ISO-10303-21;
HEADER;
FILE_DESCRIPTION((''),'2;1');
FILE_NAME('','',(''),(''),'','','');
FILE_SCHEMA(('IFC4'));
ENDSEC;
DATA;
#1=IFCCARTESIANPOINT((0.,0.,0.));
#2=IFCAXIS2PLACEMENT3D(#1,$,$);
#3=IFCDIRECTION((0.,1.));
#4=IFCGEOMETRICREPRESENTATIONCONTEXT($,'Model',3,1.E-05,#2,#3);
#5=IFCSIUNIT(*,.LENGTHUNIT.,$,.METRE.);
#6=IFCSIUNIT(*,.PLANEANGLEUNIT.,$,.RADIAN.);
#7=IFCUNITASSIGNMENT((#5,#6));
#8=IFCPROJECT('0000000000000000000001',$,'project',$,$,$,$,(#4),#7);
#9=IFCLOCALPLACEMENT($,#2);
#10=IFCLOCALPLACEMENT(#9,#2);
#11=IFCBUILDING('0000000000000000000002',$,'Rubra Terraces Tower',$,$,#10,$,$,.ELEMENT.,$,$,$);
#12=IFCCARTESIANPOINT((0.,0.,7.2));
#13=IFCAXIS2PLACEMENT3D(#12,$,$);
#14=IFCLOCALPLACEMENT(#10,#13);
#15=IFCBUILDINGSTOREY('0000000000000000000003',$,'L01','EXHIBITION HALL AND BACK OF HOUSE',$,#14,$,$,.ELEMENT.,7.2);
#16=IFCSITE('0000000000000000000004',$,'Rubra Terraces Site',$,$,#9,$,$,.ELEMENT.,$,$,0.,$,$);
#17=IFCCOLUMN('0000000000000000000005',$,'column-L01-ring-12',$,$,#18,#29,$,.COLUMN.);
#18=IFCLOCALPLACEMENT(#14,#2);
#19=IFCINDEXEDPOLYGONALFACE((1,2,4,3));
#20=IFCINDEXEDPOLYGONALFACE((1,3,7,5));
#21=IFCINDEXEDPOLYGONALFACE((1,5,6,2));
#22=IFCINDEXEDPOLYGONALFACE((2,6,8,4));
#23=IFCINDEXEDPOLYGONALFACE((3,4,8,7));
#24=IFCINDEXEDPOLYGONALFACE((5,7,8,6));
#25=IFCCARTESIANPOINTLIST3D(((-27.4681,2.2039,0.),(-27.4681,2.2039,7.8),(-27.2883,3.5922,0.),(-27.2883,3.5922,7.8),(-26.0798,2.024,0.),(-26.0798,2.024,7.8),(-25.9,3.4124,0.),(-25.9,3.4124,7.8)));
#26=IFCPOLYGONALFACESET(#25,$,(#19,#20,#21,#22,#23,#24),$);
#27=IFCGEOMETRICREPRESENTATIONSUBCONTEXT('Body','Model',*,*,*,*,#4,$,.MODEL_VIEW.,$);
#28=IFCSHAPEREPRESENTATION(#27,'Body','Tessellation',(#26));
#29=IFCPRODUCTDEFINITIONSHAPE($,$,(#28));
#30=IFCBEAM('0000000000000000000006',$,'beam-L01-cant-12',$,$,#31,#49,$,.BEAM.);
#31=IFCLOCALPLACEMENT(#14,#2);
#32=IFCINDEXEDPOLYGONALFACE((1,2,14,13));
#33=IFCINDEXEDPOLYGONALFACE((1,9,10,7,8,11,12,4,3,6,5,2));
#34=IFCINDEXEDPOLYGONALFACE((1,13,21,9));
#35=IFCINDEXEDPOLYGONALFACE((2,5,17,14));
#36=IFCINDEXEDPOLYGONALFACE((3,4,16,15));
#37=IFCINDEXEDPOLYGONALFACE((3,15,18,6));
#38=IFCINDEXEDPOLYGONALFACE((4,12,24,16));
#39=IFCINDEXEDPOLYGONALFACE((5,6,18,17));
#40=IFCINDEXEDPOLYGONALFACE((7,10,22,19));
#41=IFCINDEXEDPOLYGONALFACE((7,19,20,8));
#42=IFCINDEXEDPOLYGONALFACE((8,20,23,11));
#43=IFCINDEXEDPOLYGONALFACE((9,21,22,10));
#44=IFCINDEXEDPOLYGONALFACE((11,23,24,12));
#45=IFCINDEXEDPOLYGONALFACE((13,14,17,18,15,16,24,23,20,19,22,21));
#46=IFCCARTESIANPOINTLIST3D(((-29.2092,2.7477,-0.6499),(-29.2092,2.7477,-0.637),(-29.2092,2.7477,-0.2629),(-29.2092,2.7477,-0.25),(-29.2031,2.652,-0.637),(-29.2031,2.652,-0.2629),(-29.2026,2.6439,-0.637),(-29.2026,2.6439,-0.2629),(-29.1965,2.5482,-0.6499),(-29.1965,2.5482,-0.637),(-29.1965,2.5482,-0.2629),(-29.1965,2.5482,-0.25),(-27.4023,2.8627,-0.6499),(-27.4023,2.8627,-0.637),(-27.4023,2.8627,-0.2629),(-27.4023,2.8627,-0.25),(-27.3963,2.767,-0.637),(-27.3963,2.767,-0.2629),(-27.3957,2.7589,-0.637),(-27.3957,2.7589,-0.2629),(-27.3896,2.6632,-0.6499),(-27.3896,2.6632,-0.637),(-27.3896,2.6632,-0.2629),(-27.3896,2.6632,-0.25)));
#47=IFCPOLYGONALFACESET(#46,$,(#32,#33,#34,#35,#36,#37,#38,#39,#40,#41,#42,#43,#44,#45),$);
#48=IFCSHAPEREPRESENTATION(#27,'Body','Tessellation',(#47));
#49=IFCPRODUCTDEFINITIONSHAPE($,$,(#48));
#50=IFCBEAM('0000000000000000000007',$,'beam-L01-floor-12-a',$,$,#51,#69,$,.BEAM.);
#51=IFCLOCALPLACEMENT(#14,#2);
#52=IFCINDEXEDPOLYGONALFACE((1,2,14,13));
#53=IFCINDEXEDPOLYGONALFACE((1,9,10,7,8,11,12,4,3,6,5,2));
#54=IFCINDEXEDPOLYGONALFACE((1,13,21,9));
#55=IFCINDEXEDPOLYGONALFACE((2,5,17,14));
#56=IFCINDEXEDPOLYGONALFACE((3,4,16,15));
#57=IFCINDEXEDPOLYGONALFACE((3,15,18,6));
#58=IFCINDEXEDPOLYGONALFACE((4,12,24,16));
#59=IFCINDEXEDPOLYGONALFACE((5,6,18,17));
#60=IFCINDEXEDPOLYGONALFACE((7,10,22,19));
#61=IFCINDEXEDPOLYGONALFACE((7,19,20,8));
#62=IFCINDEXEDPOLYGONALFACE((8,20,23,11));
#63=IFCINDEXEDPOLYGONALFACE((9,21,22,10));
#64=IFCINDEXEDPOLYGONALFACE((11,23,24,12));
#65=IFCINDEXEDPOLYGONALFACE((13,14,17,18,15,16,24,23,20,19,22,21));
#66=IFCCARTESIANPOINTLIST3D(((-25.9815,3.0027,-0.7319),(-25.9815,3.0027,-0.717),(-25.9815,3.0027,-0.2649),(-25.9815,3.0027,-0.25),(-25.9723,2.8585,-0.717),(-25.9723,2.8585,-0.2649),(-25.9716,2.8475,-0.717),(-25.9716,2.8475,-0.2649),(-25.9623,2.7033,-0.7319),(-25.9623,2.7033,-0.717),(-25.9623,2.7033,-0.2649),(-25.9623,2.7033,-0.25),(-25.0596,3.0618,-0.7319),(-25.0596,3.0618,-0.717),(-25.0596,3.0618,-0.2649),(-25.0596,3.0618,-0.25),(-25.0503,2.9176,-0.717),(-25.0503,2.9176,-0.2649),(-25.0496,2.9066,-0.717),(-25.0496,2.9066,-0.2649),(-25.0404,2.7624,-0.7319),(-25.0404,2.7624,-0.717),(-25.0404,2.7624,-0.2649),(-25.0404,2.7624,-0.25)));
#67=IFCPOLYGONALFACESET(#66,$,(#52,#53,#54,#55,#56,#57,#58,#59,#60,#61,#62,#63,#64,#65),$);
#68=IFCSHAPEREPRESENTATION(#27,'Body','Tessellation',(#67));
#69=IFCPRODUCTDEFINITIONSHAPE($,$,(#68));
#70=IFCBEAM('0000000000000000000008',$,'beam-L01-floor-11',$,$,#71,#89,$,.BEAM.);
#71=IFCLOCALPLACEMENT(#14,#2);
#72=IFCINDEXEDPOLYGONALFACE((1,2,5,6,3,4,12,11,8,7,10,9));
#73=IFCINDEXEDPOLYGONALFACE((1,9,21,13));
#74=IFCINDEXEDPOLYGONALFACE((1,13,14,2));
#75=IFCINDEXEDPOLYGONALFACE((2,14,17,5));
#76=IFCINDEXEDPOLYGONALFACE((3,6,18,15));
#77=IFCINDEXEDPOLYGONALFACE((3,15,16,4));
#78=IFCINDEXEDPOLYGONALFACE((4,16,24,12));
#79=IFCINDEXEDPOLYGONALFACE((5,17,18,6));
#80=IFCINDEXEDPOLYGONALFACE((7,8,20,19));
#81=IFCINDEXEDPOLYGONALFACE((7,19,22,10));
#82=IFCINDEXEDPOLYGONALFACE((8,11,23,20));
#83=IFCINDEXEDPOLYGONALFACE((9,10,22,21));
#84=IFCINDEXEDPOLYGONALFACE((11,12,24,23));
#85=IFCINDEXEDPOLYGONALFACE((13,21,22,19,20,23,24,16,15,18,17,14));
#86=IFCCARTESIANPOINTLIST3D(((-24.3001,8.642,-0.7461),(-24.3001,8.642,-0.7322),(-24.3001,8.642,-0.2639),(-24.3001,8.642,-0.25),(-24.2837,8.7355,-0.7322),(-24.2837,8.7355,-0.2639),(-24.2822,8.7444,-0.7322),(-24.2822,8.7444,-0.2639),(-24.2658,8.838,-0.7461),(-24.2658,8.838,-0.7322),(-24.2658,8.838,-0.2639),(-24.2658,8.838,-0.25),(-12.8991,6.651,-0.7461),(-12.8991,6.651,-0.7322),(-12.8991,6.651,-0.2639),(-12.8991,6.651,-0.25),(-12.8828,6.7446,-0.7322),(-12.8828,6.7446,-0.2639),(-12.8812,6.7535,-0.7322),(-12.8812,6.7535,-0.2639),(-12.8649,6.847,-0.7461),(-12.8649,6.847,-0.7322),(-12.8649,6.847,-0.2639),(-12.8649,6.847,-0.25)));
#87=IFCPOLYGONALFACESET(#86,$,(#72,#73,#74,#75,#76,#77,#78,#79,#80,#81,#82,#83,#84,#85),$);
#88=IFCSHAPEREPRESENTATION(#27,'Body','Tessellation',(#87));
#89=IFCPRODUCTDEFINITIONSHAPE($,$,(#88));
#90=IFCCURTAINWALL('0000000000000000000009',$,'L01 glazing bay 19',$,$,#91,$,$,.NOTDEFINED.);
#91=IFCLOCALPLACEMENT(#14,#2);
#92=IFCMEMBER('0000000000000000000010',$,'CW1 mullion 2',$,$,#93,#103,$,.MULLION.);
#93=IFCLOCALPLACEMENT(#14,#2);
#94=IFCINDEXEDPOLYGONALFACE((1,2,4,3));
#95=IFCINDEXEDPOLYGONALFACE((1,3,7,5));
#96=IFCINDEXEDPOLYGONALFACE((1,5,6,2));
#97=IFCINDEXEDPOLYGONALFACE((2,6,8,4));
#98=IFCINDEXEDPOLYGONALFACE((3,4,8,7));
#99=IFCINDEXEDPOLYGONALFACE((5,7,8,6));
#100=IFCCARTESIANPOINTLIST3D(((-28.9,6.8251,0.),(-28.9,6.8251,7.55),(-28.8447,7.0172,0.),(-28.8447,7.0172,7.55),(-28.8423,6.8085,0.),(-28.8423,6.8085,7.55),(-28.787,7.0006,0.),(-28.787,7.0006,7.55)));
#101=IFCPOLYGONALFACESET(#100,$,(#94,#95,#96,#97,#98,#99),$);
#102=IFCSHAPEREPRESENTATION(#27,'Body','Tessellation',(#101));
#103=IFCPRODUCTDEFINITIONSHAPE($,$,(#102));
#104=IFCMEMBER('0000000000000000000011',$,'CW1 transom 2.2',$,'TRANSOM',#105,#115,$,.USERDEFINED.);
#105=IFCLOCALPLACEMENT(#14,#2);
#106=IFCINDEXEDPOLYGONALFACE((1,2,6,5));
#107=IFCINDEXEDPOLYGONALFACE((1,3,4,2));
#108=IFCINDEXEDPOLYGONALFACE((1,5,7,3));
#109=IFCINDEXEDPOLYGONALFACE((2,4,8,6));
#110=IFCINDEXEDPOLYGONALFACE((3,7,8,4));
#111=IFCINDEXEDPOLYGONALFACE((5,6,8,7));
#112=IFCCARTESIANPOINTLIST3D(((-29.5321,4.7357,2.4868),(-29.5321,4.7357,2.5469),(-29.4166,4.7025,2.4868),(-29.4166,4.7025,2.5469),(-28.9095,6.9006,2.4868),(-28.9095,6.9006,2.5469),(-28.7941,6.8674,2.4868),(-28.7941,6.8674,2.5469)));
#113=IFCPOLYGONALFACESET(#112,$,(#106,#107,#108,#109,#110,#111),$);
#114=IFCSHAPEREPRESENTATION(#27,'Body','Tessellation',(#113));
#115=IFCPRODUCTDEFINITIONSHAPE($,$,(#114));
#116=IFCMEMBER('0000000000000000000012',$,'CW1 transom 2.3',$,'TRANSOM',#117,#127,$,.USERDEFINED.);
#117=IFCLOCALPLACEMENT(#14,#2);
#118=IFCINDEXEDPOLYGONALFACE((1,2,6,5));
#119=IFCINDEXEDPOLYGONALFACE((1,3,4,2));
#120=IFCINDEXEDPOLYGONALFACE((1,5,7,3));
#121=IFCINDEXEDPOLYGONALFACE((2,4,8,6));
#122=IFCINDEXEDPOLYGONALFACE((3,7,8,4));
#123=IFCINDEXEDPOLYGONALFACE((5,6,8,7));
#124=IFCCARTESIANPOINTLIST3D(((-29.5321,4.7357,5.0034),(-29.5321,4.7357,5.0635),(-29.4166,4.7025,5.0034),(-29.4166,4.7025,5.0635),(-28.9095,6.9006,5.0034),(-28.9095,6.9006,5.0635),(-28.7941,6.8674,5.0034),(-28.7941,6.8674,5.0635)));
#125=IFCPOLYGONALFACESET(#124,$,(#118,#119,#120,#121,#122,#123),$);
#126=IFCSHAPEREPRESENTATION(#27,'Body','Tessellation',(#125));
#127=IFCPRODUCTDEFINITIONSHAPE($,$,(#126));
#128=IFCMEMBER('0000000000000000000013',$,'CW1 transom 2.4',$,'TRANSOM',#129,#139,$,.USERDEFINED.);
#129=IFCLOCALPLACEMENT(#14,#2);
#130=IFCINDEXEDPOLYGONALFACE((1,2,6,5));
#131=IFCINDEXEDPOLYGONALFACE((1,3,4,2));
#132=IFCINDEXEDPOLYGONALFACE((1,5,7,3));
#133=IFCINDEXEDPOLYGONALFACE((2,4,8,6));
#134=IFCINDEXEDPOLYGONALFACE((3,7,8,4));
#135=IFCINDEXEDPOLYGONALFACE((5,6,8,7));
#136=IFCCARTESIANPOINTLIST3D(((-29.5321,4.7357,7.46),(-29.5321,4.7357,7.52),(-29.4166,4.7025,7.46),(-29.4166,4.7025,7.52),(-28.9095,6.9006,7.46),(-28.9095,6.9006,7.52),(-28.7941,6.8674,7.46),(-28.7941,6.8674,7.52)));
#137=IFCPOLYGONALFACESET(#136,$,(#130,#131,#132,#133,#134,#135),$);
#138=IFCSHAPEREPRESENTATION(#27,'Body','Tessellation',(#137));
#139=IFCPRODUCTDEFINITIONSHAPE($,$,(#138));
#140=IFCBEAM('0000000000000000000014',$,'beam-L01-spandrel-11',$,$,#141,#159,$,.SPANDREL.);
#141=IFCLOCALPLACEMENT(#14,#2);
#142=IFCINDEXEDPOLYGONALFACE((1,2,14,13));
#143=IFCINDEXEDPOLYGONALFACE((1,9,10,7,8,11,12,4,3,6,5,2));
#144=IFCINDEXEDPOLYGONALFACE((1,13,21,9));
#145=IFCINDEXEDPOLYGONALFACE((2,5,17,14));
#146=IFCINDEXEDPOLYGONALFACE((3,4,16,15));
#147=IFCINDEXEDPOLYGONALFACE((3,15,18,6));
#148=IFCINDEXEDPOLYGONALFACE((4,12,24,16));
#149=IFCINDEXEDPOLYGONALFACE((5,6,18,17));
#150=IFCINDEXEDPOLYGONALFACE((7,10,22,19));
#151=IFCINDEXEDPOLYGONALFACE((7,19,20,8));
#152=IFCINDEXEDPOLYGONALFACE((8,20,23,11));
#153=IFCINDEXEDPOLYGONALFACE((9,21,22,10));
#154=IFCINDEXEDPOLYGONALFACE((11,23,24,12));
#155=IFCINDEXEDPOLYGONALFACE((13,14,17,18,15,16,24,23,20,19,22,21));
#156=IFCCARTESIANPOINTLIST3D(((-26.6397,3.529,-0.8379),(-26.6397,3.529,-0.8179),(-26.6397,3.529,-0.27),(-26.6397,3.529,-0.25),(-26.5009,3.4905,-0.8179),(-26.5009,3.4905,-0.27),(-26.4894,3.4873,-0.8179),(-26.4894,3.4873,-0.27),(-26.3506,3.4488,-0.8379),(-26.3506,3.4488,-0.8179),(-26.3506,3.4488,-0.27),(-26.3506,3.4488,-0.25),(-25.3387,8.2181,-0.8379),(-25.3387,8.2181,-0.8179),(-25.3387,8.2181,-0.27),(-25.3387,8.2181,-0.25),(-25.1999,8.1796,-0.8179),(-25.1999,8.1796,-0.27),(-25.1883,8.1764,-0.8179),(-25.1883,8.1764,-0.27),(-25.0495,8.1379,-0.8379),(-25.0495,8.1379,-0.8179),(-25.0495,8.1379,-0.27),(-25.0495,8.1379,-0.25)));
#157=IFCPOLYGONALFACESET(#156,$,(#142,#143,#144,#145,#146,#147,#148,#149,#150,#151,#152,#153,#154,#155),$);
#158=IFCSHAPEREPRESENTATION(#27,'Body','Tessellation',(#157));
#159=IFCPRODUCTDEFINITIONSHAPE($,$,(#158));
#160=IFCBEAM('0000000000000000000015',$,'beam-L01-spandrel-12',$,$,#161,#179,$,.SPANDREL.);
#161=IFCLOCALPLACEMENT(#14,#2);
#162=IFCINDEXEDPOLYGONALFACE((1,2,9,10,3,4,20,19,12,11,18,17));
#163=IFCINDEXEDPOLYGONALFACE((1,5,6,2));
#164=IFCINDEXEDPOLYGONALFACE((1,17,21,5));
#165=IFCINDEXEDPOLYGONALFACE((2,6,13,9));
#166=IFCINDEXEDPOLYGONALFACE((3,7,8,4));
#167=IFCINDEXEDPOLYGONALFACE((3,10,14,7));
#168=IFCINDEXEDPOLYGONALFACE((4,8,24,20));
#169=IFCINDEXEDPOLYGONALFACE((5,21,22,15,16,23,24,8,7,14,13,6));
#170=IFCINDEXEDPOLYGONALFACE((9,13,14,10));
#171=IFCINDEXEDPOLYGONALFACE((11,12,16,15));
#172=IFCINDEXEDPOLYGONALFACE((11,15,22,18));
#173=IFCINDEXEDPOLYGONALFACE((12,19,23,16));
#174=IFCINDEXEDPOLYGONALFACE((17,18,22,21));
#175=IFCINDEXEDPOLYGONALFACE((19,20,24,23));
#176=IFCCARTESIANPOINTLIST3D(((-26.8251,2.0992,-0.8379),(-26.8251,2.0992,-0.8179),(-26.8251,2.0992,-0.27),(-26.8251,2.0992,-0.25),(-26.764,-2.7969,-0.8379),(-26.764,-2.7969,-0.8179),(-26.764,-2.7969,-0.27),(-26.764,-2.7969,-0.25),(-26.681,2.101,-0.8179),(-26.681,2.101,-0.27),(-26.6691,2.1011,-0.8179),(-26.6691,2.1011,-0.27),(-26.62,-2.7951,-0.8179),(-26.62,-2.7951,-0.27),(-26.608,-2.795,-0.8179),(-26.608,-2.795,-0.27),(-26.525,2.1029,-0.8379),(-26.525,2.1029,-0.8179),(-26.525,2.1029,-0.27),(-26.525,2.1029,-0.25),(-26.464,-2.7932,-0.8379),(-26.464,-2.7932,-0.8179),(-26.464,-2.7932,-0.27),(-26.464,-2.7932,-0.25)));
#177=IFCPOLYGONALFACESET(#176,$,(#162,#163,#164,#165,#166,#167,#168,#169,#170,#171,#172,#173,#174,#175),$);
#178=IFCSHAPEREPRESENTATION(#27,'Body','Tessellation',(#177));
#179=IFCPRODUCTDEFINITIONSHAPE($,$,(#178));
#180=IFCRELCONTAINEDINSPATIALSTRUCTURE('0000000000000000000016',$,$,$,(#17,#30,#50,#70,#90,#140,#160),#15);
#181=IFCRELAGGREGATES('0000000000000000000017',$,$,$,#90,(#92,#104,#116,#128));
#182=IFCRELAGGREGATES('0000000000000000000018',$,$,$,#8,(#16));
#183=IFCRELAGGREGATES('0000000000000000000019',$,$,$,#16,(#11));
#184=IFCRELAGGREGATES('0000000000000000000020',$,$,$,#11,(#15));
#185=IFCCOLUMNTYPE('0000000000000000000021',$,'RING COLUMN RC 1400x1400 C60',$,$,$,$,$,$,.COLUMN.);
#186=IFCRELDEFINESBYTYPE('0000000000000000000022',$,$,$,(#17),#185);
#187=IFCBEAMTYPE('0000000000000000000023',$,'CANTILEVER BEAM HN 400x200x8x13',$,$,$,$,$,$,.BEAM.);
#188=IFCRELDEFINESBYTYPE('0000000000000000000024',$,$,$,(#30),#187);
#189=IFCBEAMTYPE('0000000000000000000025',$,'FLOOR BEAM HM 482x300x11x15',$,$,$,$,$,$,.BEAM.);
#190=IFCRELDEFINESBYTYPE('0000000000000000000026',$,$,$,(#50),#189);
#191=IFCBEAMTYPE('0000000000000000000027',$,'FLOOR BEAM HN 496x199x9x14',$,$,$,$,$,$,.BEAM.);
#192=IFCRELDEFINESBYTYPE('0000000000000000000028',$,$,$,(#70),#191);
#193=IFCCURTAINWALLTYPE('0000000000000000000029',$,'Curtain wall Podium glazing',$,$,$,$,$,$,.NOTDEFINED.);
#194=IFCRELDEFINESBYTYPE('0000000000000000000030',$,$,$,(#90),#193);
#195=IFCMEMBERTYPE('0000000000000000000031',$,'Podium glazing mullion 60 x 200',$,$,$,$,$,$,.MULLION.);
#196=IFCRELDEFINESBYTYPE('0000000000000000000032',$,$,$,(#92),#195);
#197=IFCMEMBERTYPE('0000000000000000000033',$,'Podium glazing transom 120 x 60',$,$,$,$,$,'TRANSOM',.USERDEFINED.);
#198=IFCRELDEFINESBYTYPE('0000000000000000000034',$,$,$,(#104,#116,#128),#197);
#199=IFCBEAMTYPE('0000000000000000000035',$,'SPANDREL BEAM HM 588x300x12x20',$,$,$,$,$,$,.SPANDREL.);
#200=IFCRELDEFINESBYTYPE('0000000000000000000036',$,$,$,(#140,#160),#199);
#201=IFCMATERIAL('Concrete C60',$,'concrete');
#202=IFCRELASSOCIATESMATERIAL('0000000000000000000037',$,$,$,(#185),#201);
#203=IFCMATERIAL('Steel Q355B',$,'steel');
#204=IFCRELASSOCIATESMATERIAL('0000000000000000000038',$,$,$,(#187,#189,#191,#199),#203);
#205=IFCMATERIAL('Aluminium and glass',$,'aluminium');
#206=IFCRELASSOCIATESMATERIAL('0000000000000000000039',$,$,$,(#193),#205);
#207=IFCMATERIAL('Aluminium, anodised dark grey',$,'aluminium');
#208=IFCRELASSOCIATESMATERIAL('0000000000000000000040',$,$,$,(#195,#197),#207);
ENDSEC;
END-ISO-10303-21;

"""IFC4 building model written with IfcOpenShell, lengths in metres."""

from ifc_helpers import new_model, si_unit, direction, frame, origin, origin_2d, place, context, subcontext, project, spatial, rectangle, i_section, extrude, material, material_profile, profile_set, type_object, element, aggregate, save


model = new_model("IFC4")

# Units and contexts
model_context = context("Model", 3, precision=1e-05, world=origin(), true_north=direction((0.0, 1.0)))
body_context = subcontext(model_context, "Body", "Model", "MODEL_VIEW")
ifc_project = project(units=[si_unit("LENGTHUNIT", "METRE"), si_unit("PLANEANGLEUNIT", "RADIAN")], contexts=[model_context])

# Site, building, storey
site_placement = place(None, origin())
site = spatial("IfcSite", under=ifc_project, at=site_placement, Name="Rubra Terraces Site", CompositionType="ELEMENT", RefElevation=0.0)
building_placement = place(site_placement, origin())
building = spatial("IfcBuilding", under=site, at=building_placement, Name="Rubra Terraces Tower", CompositionType="ELEMENT")
storey_placement = place(building_placement, frame((0.0, 0.0, 7.2)))
storey = spatial("IfcBuildingStorey", under=building, at=storey_placement, Name="L01", Description="EXHIBITION HALL AND BACK OF HOUSE", CompositionType="ELEMENT", Elevation=7.2)

# Column
ifc_material_1 = material(Name="Concrete C60", Category="concrete")
ifc_material_profile_1 = material_profile(ifc_material_1, rectangle(XDim=1.3999, YDim=1.3999, at=origin_2d()), Name="RC 1400x1400")
ifc_profile_set_1 = profile_set([ifc_material_profile_1], Name="Concrete C60")
column_type = type_object("IfcColumnType", Name="RING COLUMN RC 1400x1400 C60", PredefinedType="COLUMN", material=ifc_profile_set_1)
column_placement = place(storey_placement, frame((-26.6841, 2.8081, 0.0), z_axis=(0.0, 0.0, 1.0), x_axis=(-0.128445, -0.991717, 0.0)))
element("IfcColumn", 1, at=column_placement, inside=storey, type_object=column_type, Name="column-L01-ring-12", PredefinedType="COLUMN", context=body_context, shape_type="SweptSolid", body=[
    extrude(rectangle(XDim=1.3999, YDim=1.3999, at=origin_2d()), origin(), (0.0, 0.0, 1.0), 7.8),
])

# Beams
ifc_material_2 = material(Name="Steel Q355B", Category="steel")
ifc_material_profile_2 = material_profile(ifc_material_2, i_section(OverallWidth=0.2, OverallDepth=0.3999, WebThickness=0.0081, FlangeThickness=0.0129, at=origin_2d()), Name="HN 400x200x8x13")
ifc_profile_set_2 = profile_set([ifc_material_profile_2], Name="Steel Q355B")
beam_type_1 = type_object("IfcBeamType", Name="CANTILEVER BEAM HN 400x200x8x13", PredefinedType="BEAM", material=ifc_profile_set_2)
beam_1_placement = place(storey_placement, frame((-27.396, 2.7629, -0.45), z_axis=(-0.997981, -0.063512, 0.0), x_axis=(0.063512, -0.997981, 0.0)))
element("IfcBeam", 2, at=beam_1_placement, inside=storey, type_object=beam_type_1, Name="beam-L01-cant-12", PredefinedType="BEAM", context=body_context, shape_type="SweptSolid", body=[
    extrude(i_section(OverallWidth=0.2, OverallDepth=0.3999, WebThickness=0.0081, FlangeThickness=0.0129, at=origin_2d()), origin(), (0.0, 0.0, 1.0), 1.8105),
])
ifc_material_profile_3 = material_profile(ifc_material_2, i_section(OverallWidth=0.3, OverallDepth=0.4819, WebThickness=0.011, FlangeThickness=0.0149, at=origin_2d()), Name="HM 482x300x11x15")
ifc_profile_set_3 = profile_set([ifc_material_profile_3], Name="Steel Q355B")
beam_type_2 = type_object("IfcBeamType", Name="FLOOR BEAM HM 482x300x11x15", PredefinedType="BEAM", material=ifc_profile_set_3)
beam_2_placement = place(storey_placement, frame((-25.9719, 2.853, -0.491), z_axis=(0.997953, 0.063958, 0.0), x_axis=(-0.063958, 0.997953, 0.0)))
element("IfcBeam", 3, at=beam_2_placement, inside=storey, type_object=beam_type_2, Name="beam-L01-floor-12-a", PredefinedType="BEAM", context=body_context, shape_type="SweptSolid", body=[
    extrude(i_section(OverallWidth=0.3, OverallDepth=0.4819, WebThickness=0.011, FlangeThickness=0.0149, at=origin_2d()), origin(), (0.0, 0.0, 1.0), 0.9238),
])
ifc_material_profile_4 = material_profile(ifc_material_2, i_section(OverallWidth=0.199, OverallDepth=0.4961, WebThickness=0.009, FlangeThickness=0.0139, at=origin_2d()), Name="HN 496x199x9x14")
ifc_profile_set_4 = profile_set([ifc_material_profile_4], Name="Steel Q355B")
beam_type_3 = type_object("IfcBeamType", Name="FLOOR BEAM HN 496x199x9x14", PredefinedType="BEAM", material=ifc_profile_set_4)
beam_3_placement = place(storey_placement, frame((-24.283, 8.74, -0.498), z_axis=(0.985092, -0.172029, 0.0), x_axis=(0.172029, 0.985092, 0.0)))
element("IfcBeam", 4, at=beam_3_placement, inside=storey, type_object=beam_type_3, Name="beam-L01-floor-11", PredefinedType="BEAM", context=body_context, shape_type="SweptSolid", body=[
    extrude(i_section(OverallWidth=0.199, OverallDepth=0.4961, WebThickness=0.009, FlangeThickness=0.0139, at=origin_2d()), origin(), (0.0, 0.0, 1.0), 11.5735),
])

# Curtain wall, members
ifc_material_3 = material(Name="Aluminium and glass", Category="aluminium")
curtain_wall_type = type_object("IfcCurtainWallType", Name="Curtain wall Podium glazing", PredefinedType="NOTDEFINED", material=ifc_material_3)
curtain_wall_placement = place(storey_placement, origin())
curtain_wall = element("IfcCurtainWall", 5, at=curtain_wall_placement, inside=storey, type_object=curtain_wall_type, Name="L01 glazing bay 19", PredefinedType="NOTDEFINED")
ifc_material_4 = material(Name="Aluminium, anodised dark grey", Category="aluminium")
ifc_material_profile_5 = material_profile(ifc_material_4, rectangle(XDim=0.0601, YDim=0.2, at=origin_2d()), Name="AL 60x200")
ifc_profile_set_5 = profile_set([ifc_material_profile_5], Name="Aluminium, anodised dark grey")
member_type_1 = type_object("IfcMemberType", Name="Podium glazing mullion 60 x 200", PredefinedType="MULLION", material=ifc_profile_set_5)
member_1_placement = place(storey_placement, frame((-28.8435, 6.9128, 0.0), z_axis=(0.0, 0.0, 1.0), x_axis=(0.961047, -0.276384, 0.0)))
member_1 = element("IfcMember", 6, at=member_1_placement, type_object=member_type_1, Name="CW1 mullion 2", PredefinedType="MULLION", context=body_context, shape_type="SweptSolid", body=[
    extrude(rectangle(XDim=0.0601, YDim=0.2, at=origin_2d()), origin(), (0.0, 0.0, 1.0), 7.55),
])
ifc_material_profile_6 = material_profile(ifc_material_4, rectangle(XDim=0.1201, YDim=0.0601, at=origin_2d()), Name="AL 120x60")
ifc_profile_set_6 = profile_set([ifc_material_profile_6], Name="Aluminium, anodised dark grey")
member_type_2 = type_object("IfcMemberType", Name="Podium glazing transom 120 x 60", ElementType="TRANSOM", PredefinedType="USERDEFINED", material=ifc_profile_set_6)
member_2_placement = place(storey_placement, frame((-28.8518, 6.884, 2.5168), z_axis=(-0.276352, -0.961056, 0.0), x_axis=(0.961056, -0.276352, 0.0)))
member_2 = element("IfcMember", 7, at=member_2_placement, type_object=member_type_2, Name="CW1 transom 2.2", ObjectType="TRANSOM", PredefinedType="USERDEFINED", context=body_context, shape_type="SweptSolid", body=[
    extrude(rectangle(XDim=0.1201, YDim=0.0601, at=origin_2d()), origin(), (0.0, 0.0, 1.0), 2.2527),
])
member_3_placement = place(storey_placement, frame((-28.8518, 6.884, 5.0334), z_axis=(-0.276352, -0.961056, 0.0), x_axis=(0.961056, -0.276352, 0.0)))
member_3 = element("IfcMember", 8, at=member_3_placement, type_object=member_type_2, Name="CW1 transom 2.3", ObjectType="TRANSOM", PredefinedType="USERDEFINED", context=body_context, shape_type="SweptSolid", body=[
    extrude(rectangle(XDim=0.1201, YDim=0.0601, at=origin_2d()), origin(), (0.0, 0.0, 1.0), 2.2527),
])
member_4_placement = place(storey_placement, frame((-28.8518, 6.884, 7.49), z_axis=(-0.276352, -0.961056, 0.0), x_axis=(0.961056, -0.276352, 0.0)))
member_4 = element("IfcMember", 9, at=member_4_placement, type_object=member_type_2, Name="CW1 transom 2.4", ObjectType="TRANSOM", PredefinedType="USERDEFINED", context=body_context, shape_type="SweptSolid", body=[
    extrude(rectangle(XDim=0.1201, YDim=0.0601, at=origin_2d()), origin(), (0.0, 0.0, 1.0), 2.2527),
])

# Beams
ifc_material_profile_7 = material_profile(ifc_material_2, i_section(OverallWidth=0.3, OverallDepth=0.5879, WebThickness=0.012, FlangeThickness=0.02, at=origin_2d()), Name="HM 588x300x12x20")
ifc_profile_set_7 = profile_set([ifc_material_profile_7], Name="Steel Q355B")
beam_type_4 = type_object("IfcBeamType", Name="SPANDREL BEAM HM 588x300x12x20", PredefinedType="SPANDREL", material=ifc_profile_set_7)
beam_4_placement = place(storey_placement, frame((-25.1941, 8.178, -0.5439), z_axis=(-0.267364, -0.963595, 0.0), x_axis=(0.963595, -0.267364, 0.0)))
element("IfcBeam", 10, at=beam_4_placement, inside=storey, type_object=beam_type_4, Name="beam-L01-spandrel-11", PredefinedType="SPANDREL", context=body_context, shape_type="SweptSolid", body=[
    extrude(i_section(OverallWidth=0.3, OverallDepth=0.5879, WebThickness=0.012, FlangeThickness=0.02, at=origin_2d()), origin(), (0.0, 0.0, 1.0), 4.8662),
])
beam_5_placement = place(storey_placement, frame((-26.675, 2.1011, -0.5439), z_axis=(0.012465, -0.999922, 0.0), x_axis=(0.999922, 0.012465, 0.0)))
element("IfcBeam", 11, at=beam_5_placement, inside=storey, type_object=beam_type_4, Name="beam-L01-spandrel-12", PredefinedType="SPANDREL", context=body_context, shape_type="SweptSolid", body=[
    extrude(i_section(OverallWidth=0.3, OverallDepth=0.5879, WebThickness=0.012, FlangeThickness=0.02, at=origin_2d()), origin(), (0.0, 0.0, 1.0), 4.8965),
])

aggregate(curtain_wall, [member_1, member_2, member_3, member_4])

save(model, "model.ifc")
